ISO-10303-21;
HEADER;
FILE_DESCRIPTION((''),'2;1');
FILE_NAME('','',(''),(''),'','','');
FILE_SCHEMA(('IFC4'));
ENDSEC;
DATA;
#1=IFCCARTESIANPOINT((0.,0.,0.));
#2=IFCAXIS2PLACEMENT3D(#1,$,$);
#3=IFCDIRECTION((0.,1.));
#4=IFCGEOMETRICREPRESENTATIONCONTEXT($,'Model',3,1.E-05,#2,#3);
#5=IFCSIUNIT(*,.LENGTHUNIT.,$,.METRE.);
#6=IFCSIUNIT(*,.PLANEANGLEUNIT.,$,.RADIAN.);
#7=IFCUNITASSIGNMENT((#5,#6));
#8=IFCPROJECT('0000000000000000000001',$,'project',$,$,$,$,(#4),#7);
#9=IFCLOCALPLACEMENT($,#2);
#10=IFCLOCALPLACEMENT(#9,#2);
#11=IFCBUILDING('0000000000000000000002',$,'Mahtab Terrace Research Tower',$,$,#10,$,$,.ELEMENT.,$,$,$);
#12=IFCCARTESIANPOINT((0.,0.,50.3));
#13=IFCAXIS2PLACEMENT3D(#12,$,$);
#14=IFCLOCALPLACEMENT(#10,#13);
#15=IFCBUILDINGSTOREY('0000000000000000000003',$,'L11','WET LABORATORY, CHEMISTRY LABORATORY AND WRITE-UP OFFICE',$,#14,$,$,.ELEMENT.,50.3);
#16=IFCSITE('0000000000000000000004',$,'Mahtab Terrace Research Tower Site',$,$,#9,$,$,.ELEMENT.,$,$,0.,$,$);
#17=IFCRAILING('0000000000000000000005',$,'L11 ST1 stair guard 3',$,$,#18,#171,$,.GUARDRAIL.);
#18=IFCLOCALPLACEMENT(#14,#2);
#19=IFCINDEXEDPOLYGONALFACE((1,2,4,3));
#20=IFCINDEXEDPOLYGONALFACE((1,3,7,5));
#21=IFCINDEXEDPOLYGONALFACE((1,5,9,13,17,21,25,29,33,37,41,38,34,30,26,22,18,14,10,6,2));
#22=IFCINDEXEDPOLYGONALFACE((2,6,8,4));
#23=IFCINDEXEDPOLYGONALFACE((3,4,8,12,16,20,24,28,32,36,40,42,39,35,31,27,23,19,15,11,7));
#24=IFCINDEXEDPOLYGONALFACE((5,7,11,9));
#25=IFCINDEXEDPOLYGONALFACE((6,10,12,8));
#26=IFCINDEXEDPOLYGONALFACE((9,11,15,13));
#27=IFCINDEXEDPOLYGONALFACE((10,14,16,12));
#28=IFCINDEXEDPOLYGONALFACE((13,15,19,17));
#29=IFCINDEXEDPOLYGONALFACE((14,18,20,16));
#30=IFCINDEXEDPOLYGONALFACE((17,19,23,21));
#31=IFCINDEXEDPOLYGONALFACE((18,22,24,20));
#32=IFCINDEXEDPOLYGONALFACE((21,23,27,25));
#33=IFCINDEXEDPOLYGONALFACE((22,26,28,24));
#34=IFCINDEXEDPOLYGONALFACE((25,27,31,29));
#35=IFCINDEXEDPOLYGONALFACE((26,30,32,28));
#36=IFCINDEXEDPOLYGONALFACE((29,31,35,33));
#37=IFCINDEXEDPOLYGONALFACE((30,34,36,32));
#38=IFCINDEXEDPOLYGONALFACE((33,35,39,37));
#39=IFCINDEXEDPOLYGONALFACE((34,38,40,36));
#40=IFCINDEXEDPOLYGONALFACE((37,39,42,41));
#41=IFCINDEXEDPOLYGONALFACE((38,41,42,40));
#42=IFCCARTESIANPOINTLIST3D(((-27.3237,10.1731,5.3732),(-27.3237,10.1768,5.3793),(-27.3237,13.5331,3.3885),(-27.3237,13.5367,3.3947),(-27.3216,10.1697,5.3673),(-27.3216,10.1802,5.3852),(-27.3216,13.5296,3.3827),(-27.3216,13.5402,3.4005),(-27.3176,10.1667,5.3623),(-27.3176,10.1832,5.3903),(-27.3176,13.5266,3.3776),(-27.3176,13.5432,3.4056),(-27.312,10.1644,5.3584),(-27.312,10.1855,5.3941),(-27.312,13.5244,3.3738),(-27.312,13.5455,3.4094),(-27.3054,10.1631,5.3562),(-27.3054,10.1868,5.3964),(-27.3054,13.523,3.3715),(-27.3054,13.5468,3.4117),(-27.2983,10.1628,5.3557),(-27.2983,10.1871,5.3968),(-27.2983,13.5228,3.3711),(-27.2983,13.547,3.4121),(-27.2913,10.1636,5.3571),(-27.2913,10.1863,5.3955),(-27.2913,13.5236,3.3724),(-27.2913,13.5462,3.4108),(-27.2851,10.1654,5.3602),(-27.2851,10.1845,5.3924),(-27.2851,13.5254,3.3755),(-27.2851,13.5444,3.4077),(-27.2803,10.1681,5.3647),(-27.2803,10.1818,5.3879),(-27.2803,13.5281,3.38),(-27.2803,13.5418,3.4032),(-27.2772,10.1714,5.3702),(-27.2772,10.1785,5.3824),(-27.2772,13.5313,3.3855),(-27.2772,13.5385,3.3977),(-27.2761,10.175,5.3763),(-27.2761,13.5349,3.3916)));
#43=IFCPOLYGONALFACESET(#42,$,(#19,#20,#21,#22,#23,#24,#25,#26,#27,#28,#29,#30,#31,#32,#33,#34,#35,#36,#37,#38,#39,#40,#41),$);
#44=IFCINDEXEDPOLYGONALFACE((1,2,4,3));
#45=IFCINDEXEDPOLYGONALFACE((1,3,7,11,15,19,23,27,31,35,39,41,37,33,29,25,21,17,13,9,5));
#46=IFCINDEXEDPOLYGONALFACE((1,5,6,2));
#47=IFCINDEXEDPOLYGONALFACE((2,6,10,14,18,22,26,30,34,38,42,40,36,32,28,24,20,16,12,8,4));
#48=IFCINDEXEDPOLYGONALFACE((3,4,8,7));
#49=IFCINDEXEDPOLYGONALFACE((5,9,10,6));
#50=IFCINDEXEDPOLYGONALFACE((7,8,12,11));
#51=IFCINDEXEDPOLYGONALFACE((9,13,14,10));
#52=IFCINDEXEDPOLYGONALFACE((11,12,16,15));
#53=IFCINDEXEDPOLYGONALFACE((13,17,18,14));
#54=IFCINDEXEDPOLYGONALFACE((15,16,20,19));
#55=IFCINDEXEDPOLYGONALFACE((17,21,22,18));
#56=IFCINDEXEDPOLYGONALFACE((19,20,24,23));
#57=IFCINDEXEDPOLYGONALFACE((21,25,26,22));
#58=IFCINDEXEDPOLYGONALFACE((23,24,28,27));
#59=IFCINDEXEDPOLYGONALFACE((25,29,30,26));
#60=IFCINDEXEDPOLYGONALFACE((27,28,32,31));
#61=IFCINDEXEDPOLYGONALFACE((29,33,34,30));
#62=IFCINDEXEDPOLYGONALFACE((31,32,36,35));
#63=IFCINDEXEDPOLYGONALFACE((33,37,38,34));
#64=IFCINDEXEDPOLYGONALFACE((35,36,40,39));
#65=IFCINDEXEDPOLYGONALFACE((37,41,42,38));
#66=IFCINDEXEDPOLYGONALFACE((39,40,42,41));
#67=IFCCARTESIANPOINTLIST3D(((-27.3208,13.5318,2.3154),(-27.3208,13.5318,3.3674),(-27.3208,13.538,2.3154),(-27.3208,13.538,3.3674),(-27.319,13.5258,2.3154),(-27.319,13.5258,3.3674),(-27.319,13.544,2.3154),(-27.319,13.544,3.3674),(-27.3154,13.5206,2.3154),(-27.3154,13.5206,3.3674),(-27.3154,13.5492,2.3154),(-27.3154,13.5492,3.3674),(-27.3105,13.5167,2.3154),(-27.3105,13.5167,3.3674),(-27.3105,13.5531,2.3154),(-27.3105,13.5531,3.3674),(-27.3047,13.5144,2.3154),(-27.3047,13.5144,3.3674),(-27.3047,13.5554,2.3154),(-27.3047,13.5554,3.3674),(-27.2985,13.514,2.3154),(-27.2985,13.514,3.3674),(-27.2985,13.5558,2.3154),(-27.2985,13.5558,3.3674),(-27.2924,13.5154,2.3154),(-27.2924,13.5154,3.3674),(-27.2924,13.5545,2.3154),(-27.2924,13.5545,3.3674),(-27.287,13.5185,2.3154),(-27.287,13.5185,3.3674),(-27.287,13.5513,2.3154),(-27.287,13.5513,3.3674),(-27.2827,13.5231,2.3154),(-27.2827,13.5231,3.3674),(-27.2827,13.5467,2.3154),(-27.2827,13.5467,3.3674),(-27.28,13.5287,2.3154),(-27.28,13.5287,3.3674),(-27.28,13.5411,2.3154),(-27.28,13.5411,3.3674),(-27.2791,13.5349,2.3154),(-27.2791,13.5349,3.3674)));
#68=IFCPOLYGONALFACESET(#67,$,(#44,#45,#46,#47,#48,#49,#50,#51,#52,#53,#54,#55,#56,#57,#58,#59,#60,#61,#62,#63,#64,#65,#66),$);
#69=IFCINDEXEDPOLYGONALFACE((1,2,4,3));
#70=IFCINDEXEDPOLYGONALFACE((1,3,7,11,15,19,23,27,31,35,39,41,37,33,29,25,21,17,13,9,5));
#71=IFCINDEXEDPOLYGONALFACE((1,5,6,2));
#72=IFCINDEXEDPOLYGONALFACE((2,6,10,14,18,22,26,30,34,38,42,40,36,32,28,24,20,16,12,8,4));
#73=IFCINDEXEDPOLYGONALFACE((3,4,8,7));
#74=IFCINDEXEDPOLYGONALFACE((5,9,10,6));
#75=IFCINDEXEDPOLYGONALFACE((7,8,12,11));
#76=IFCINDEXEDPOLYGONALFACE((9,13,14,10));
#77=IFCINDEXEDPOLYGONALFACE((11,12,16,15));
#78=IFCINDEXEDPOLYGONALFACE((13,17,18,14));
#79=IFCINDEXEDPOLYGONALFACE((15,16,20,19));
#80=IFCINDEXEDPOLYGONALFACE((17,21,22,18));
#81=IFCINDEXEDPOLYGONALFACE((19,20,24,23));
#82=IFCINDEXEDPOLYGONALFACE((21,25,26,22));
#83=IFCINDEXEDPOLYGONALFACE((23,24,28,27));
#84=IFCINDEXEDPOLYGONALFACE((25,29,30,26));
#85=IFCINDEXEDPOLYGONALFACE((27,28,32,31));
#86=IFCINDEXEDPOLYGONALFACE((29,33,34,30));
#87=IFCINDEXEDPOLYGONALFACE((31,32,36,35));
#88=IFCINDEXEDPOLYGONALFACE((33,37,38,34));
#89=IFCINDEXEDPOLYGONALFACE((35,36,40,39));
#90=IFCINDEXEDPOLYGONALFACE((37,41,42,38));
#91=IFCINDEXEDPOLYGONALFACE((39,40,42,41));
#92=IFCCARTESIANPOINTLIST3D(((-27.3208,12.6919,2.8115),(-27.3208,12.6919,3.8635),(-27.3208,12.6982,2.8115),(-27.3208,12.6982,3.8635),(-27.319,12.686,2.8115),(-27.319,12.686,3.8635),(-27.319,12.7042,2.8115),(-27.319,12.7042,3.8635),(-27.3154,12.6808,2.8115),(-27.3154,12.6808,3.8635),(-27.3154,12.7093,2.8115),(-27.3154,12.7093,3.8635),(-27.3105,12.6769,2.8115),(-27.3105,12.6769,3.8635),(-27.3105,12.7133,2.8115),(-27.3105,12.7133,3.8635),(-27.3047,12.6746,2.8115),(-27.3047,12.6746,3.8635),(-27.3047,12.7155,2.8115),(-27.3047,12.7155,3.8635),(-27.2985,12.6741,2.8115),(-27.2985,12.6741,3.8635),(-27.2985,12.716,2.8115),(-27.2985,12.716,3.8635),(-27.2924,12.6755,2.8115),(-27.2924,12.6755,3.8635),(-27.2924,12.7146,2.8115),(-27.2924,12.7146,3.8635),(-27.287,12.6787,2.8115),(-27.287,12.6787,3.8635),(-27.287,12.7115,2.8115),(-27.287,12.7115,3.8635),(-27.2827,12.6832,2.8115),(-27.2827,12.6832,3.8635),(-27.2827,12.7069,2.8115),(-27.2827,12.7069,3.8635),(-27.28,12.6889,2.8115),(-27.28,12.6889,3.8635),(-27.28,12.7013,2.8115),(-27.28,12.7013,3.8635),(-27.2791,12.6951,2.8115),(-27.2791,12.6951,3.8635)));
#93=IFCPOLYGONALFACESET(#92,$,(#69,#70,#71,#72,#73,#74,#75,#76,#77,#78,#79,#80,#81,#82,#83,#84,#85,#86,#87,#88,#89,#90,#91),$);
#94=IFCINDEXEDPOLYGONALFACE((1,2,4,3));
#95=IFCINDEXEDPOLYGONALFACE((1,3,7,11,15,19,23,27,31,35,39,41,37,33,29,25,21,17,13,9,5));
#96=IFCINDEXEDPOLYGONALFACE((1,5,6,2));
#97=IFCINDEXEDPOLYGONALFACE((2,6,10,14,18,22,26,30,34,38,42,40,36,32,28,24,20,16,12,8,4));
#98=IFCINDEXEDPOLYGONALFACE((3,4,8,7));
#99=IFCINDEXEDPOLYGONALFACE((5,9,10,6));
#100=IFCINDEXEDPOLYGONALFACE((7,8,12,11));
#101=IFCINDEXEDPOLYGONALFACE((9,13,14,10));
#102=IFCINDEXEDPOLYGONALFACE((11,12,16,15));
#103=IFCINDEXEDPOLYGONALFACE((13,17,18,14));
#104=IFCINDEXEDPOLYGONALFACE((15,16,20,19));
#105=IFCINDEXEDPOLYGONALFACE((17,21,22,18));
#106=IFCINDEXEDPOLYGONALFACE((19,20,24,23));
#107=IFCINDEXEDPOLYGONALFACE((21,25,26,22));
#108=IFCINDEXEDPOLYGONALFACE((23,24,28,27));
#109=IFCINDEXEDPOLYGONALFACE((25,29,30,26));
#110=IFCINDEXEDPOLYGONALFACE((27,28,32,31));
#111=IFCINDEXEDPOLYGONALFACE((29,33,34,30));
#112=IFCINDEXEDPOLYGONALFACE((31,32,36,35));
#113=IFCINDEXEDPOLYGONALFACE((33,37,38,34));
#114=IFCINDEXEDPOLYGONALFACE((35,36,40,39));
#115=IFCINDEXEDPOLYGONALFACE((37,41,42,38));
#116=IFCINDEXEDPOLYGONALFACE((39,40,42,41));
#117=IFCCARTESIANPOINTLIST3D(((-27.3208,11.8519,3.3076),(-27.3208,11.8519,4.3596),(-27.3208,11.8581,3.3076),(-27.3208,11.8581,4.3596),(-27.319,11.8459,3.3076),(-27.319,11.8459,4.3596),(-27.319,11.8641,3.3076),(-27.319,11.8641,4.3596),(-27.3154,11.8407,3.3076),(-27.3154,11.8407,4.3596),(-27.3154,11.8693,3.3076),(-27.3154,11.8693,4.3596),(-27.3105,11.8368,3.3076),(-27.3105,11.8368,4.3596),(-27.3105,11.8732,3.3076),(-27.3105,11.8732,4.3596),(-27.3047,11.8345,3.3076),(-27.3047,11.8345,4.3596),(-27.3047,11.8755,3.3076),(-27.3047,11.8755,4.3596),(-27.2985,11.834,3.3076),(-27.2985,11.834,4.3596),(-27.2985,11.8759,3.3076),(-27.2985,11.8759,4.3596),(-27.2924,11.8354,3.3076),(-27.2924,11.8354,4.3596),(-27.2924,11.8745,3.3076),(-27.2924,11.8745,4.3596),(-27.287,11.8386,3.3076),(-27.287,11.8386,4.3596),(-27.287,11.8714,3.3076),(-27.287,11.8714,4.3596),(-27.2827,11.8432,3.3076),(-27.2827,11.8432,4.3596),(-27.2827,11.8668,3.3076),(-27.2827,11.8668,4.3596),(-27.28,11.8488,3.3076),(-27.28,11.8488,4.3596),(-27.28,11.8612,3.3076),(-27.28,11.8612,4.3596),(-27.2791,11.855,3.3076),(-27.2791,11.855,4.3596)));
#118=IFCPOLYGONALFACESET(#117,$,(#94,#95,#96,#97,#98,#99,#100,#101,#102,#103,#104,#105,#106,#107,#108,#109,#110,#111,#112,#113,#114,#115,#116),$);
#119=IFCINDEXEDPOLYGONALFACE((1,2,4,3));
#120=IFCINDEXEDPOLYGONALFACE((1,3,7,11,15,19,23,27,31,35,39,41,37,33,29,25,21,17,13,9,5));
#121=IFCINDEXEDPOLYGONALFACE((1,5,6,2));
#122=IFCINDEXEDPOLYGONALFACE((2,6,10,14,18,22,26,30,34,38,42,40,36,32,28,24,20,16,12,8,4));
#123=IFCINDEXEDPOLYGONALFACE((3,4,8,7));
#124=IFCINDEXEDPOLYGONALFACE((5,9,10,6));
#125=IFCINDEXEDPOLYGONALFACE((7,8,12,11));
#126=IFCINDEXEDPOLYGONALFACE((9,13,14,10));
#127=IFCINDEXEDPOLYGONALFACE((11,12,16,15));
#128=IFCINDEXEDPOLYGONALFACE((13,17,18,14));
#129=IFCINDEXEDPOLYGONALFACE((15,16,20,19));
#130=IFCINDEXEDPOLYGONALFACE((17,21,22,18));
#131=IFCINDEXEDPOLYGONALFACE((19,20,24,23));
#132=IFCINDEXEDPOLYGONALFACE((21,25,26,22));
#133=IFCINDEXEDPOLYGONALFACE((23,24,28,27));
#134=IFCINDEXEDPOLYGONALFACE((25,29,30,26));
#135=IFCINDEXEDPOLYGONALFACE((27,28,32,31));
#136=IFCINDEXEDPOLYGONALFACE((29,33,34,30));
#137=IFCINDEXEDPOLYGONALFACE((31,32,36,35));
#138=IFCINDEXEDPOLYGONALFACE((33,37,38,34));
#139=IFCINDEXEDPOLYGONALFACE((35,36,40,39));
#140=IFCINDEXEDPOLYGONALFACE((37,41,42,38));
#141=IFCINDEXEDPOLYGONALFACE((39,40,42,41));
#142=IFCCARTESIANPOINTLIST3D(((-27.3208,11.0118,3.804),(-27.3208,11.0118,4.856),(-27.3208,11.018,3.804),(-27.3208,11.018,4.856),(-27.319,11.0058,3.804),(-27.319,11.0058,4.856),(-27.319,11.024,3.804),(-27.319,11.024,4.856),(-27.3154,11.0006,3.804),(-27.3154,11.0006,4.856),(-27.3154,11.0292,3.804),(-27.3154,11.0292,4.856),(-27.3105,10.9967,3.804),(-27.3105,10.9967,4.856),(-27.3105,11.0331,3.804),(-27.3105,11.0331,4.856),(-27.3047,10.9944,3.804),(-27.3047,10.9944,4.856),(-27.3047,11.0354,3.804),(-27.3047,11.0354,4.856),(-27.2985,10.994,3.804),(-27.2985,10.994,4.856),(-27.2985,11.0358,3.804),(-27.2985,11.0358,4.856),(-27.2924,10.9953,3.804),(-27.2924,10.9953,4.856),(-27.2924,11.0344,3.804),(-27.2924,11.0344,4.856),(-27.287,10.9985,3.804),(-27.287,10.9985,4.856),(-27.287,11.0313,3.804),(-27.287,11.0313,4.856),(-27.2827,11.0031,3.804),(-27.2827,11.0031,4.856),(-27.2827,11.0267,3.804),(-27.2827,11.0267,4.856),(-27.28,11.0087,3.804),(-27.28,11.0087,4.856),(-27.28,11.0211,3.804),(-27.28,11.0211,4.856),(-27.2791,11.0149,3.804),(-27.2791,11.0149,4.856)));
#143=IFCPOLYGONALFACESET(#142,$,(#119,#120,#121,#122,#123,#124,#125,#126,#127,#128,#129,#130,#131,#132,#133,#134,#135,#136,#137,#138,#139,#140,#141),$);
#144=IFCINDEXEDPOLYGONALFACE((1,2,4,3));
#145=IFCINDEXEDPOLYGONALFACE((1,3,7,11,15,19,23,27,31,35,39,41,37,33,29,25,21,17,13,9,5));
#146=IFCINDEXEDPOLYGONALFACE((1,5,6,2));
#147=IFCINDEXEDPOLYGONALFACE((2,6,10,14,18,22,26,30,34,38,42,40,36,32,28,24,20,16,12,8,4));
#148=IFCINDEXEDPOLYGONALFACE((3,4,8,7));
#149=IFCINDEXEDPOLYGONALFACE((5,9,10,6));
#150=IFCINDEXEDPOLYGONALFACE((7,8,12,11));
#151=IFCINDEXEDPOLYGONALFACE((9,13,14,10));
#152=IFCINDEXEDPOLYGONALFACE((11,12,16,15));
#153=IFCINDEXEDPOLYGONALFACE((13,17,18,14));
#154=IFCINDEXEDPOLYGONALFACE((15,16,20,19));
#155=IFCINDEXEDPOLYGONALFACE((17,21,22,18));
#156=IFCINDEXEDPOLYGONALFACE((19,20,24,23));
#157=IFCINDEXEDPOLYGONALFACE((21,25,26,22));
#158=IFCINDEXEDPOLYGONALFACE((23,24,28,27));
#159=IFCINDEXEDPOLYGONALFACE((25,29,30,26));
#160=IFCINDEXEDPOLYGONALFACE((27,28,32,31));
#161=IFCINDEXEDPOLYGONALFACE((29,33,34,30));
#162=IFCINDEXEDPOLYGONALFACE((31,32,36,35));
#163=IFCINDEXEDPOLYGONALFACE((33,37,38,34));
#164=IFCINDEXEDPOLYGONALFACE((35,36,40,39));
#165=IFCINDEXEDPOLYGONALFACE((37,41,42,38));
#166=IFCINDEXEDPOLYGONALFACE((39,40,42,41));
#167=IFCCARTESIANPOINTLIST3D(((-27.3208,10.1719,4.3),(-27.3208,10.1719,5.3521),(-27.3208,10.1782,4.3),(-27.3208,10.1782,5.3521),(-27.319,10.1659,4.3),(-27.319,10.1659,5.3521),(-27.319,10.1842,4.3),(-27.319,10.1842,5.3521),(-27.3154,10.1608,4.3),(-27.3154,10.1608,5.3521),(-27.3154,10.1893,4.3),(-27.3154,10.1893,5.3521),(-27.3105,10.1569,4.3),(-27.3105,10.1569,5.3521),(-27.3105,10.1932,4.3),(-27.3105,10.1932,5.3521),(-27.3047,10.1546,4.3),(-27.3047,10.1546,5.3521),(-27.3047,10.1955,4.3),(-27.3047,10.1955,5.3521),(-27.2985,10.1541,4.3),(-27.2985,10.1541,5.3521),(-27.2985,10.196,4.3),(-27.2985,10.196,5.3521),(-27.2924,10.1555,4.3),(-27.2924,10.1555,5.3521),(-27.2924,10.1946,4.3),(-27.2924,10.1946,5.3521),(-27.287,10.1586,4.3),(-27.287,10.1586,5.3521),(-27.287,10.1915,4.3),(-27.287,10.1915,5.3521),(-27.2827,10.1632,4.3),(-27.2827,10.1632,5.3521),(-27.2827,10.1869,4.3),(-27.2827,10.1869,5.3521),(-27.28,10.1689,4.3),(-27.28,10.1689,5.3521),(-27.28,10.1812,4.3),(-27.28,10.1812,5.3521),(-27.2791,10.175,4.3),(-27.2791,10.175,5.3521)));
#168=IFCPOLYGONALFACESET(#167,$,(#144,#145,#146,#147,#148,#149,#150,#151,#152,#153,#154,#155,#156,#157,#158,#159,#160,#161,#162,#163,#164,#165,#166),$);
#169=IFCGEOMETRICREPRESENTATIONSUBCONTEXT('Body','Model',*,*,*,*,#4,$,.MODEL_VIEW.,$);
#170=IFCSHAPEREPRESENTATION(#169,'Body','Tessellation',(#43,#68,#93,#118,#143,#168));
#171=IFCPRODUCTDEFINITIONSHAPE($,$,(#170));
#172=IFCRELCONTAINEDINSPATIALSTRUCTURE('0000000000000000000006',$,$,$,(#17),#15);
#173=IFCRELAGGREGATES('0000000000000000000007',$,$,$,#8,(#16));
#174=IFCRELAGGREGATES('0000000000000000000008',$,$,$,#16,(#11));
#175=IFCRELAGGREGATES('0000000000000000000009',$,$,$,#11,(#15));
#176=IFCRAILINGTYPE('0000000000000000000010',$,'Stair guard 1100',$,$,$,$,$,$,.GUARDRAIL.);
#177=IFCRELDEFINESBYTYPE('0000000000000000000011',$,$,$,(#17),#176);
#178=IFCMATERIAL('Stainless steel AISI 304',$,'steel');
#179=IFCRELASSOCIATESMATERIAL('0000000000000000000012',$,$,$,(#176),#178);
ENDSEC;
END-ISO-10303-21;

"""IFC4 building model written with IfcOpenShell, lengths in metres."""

from ifc_helpers import new_model, si_unit, direction, frame, origin, origin_2d, place, context, subcontext, project, spatial, circle, extrude, material, type_object, element, save


model = new_model("IFC4")

# Units and contexts
model_context = context("Model", 3, precision=1e-05, world=origin(), true_north=direction((0.0, 1.0)))
body_context = subcontext(model_context, "Body", "Model", "MODEL_VIEW")
ifc_project = project(units=[si_unit("LENGTHUNIT", "METRE"), si_unit("PLANEANGLEUNIT", "RADIAN")], contexts=[model_context])

# Site, building, storey
site_placement = place(None, origin())
site = spatial("IfcSite", under=ifc_project, at=site_placement, Name="Mahtab Terrace Research Tower Site", CompositionType="ELEMENT", RefElevation=0.0)
building_placement = place(site_placement, origin())
building = spatial("IfcBuilding", under=site, at=building_placement, Name="Mahtab Terrace Research Tower", CompositionType="ELEMENT")
storey_placement = place(building_placement, frame((0.0, 0.0, 50.3)))
storey = spatial("IfcBuildingStorey", under=building, at=storey_placement, Name="L11", Description="WET LABORATORY, CHEMISTRY LABORATORY AND WRITE-UP OFFICE", CompositionType="ELEMENT", Elevation=50.3)

# Railing
ifc_material_1 = material(Name="Stainless steel AISI 304", Category="steel")
railing_type_1 = type_object("IfcRailingType", Name="Stair guard 1100", PredefinedType="GUARDRAIL", material=ifc_material_1)
railing_1_placement = place(storey_placement, frame((-27.3, 13.5349, 2.3154)))
element("IfcRailing", 1, at=railing_1_placement, inside=storey, type_object=railing_type_1, Name="L11 ST1 stair guard 3", PredefinedType="GUARDRAIL", context=body_context, shape_type="SweptSolid", body=[
    extrude(circle(Radius=0.0239, at=origin_2d()), frame((0.0, 0.0, 1.0762), z_axis=(0.0, -0.861011, 0.508586), x_axis=(1.0, 0.0, 0.0)), (0.0, 0.0, 1.0), 3.9023),
    extrude(circle(Radius=0.021, at=origin_2d()), origin(), (0.0, 0.0, 1.0), 1.052),
    extrude(circle(Radius=0.021, at=origin_2d()), frame((0.0, -0.8398, 0.4961)), (0.0, 0.0, 1.0), 1.052),
    extrude(circle(Radius=0.021, at=origin_2d()), frame((0.0, -1.6799, 0.9922)), (0.0, 0.0, 1.0), 1.052),
    extrude(circle(Radius=0.021, at=origin_2d()), frame((0.0, -2.52, 1.4885)), (0.0, 0.0, 1.0), 1.052),
    extrude(circle(Radius=0.021, at=origin_2d()), frame((0.0, -3.3599, 1.9846)), (0.0, 0.0, 1.0), 1.052),
])

save(model, "model.ifc")
